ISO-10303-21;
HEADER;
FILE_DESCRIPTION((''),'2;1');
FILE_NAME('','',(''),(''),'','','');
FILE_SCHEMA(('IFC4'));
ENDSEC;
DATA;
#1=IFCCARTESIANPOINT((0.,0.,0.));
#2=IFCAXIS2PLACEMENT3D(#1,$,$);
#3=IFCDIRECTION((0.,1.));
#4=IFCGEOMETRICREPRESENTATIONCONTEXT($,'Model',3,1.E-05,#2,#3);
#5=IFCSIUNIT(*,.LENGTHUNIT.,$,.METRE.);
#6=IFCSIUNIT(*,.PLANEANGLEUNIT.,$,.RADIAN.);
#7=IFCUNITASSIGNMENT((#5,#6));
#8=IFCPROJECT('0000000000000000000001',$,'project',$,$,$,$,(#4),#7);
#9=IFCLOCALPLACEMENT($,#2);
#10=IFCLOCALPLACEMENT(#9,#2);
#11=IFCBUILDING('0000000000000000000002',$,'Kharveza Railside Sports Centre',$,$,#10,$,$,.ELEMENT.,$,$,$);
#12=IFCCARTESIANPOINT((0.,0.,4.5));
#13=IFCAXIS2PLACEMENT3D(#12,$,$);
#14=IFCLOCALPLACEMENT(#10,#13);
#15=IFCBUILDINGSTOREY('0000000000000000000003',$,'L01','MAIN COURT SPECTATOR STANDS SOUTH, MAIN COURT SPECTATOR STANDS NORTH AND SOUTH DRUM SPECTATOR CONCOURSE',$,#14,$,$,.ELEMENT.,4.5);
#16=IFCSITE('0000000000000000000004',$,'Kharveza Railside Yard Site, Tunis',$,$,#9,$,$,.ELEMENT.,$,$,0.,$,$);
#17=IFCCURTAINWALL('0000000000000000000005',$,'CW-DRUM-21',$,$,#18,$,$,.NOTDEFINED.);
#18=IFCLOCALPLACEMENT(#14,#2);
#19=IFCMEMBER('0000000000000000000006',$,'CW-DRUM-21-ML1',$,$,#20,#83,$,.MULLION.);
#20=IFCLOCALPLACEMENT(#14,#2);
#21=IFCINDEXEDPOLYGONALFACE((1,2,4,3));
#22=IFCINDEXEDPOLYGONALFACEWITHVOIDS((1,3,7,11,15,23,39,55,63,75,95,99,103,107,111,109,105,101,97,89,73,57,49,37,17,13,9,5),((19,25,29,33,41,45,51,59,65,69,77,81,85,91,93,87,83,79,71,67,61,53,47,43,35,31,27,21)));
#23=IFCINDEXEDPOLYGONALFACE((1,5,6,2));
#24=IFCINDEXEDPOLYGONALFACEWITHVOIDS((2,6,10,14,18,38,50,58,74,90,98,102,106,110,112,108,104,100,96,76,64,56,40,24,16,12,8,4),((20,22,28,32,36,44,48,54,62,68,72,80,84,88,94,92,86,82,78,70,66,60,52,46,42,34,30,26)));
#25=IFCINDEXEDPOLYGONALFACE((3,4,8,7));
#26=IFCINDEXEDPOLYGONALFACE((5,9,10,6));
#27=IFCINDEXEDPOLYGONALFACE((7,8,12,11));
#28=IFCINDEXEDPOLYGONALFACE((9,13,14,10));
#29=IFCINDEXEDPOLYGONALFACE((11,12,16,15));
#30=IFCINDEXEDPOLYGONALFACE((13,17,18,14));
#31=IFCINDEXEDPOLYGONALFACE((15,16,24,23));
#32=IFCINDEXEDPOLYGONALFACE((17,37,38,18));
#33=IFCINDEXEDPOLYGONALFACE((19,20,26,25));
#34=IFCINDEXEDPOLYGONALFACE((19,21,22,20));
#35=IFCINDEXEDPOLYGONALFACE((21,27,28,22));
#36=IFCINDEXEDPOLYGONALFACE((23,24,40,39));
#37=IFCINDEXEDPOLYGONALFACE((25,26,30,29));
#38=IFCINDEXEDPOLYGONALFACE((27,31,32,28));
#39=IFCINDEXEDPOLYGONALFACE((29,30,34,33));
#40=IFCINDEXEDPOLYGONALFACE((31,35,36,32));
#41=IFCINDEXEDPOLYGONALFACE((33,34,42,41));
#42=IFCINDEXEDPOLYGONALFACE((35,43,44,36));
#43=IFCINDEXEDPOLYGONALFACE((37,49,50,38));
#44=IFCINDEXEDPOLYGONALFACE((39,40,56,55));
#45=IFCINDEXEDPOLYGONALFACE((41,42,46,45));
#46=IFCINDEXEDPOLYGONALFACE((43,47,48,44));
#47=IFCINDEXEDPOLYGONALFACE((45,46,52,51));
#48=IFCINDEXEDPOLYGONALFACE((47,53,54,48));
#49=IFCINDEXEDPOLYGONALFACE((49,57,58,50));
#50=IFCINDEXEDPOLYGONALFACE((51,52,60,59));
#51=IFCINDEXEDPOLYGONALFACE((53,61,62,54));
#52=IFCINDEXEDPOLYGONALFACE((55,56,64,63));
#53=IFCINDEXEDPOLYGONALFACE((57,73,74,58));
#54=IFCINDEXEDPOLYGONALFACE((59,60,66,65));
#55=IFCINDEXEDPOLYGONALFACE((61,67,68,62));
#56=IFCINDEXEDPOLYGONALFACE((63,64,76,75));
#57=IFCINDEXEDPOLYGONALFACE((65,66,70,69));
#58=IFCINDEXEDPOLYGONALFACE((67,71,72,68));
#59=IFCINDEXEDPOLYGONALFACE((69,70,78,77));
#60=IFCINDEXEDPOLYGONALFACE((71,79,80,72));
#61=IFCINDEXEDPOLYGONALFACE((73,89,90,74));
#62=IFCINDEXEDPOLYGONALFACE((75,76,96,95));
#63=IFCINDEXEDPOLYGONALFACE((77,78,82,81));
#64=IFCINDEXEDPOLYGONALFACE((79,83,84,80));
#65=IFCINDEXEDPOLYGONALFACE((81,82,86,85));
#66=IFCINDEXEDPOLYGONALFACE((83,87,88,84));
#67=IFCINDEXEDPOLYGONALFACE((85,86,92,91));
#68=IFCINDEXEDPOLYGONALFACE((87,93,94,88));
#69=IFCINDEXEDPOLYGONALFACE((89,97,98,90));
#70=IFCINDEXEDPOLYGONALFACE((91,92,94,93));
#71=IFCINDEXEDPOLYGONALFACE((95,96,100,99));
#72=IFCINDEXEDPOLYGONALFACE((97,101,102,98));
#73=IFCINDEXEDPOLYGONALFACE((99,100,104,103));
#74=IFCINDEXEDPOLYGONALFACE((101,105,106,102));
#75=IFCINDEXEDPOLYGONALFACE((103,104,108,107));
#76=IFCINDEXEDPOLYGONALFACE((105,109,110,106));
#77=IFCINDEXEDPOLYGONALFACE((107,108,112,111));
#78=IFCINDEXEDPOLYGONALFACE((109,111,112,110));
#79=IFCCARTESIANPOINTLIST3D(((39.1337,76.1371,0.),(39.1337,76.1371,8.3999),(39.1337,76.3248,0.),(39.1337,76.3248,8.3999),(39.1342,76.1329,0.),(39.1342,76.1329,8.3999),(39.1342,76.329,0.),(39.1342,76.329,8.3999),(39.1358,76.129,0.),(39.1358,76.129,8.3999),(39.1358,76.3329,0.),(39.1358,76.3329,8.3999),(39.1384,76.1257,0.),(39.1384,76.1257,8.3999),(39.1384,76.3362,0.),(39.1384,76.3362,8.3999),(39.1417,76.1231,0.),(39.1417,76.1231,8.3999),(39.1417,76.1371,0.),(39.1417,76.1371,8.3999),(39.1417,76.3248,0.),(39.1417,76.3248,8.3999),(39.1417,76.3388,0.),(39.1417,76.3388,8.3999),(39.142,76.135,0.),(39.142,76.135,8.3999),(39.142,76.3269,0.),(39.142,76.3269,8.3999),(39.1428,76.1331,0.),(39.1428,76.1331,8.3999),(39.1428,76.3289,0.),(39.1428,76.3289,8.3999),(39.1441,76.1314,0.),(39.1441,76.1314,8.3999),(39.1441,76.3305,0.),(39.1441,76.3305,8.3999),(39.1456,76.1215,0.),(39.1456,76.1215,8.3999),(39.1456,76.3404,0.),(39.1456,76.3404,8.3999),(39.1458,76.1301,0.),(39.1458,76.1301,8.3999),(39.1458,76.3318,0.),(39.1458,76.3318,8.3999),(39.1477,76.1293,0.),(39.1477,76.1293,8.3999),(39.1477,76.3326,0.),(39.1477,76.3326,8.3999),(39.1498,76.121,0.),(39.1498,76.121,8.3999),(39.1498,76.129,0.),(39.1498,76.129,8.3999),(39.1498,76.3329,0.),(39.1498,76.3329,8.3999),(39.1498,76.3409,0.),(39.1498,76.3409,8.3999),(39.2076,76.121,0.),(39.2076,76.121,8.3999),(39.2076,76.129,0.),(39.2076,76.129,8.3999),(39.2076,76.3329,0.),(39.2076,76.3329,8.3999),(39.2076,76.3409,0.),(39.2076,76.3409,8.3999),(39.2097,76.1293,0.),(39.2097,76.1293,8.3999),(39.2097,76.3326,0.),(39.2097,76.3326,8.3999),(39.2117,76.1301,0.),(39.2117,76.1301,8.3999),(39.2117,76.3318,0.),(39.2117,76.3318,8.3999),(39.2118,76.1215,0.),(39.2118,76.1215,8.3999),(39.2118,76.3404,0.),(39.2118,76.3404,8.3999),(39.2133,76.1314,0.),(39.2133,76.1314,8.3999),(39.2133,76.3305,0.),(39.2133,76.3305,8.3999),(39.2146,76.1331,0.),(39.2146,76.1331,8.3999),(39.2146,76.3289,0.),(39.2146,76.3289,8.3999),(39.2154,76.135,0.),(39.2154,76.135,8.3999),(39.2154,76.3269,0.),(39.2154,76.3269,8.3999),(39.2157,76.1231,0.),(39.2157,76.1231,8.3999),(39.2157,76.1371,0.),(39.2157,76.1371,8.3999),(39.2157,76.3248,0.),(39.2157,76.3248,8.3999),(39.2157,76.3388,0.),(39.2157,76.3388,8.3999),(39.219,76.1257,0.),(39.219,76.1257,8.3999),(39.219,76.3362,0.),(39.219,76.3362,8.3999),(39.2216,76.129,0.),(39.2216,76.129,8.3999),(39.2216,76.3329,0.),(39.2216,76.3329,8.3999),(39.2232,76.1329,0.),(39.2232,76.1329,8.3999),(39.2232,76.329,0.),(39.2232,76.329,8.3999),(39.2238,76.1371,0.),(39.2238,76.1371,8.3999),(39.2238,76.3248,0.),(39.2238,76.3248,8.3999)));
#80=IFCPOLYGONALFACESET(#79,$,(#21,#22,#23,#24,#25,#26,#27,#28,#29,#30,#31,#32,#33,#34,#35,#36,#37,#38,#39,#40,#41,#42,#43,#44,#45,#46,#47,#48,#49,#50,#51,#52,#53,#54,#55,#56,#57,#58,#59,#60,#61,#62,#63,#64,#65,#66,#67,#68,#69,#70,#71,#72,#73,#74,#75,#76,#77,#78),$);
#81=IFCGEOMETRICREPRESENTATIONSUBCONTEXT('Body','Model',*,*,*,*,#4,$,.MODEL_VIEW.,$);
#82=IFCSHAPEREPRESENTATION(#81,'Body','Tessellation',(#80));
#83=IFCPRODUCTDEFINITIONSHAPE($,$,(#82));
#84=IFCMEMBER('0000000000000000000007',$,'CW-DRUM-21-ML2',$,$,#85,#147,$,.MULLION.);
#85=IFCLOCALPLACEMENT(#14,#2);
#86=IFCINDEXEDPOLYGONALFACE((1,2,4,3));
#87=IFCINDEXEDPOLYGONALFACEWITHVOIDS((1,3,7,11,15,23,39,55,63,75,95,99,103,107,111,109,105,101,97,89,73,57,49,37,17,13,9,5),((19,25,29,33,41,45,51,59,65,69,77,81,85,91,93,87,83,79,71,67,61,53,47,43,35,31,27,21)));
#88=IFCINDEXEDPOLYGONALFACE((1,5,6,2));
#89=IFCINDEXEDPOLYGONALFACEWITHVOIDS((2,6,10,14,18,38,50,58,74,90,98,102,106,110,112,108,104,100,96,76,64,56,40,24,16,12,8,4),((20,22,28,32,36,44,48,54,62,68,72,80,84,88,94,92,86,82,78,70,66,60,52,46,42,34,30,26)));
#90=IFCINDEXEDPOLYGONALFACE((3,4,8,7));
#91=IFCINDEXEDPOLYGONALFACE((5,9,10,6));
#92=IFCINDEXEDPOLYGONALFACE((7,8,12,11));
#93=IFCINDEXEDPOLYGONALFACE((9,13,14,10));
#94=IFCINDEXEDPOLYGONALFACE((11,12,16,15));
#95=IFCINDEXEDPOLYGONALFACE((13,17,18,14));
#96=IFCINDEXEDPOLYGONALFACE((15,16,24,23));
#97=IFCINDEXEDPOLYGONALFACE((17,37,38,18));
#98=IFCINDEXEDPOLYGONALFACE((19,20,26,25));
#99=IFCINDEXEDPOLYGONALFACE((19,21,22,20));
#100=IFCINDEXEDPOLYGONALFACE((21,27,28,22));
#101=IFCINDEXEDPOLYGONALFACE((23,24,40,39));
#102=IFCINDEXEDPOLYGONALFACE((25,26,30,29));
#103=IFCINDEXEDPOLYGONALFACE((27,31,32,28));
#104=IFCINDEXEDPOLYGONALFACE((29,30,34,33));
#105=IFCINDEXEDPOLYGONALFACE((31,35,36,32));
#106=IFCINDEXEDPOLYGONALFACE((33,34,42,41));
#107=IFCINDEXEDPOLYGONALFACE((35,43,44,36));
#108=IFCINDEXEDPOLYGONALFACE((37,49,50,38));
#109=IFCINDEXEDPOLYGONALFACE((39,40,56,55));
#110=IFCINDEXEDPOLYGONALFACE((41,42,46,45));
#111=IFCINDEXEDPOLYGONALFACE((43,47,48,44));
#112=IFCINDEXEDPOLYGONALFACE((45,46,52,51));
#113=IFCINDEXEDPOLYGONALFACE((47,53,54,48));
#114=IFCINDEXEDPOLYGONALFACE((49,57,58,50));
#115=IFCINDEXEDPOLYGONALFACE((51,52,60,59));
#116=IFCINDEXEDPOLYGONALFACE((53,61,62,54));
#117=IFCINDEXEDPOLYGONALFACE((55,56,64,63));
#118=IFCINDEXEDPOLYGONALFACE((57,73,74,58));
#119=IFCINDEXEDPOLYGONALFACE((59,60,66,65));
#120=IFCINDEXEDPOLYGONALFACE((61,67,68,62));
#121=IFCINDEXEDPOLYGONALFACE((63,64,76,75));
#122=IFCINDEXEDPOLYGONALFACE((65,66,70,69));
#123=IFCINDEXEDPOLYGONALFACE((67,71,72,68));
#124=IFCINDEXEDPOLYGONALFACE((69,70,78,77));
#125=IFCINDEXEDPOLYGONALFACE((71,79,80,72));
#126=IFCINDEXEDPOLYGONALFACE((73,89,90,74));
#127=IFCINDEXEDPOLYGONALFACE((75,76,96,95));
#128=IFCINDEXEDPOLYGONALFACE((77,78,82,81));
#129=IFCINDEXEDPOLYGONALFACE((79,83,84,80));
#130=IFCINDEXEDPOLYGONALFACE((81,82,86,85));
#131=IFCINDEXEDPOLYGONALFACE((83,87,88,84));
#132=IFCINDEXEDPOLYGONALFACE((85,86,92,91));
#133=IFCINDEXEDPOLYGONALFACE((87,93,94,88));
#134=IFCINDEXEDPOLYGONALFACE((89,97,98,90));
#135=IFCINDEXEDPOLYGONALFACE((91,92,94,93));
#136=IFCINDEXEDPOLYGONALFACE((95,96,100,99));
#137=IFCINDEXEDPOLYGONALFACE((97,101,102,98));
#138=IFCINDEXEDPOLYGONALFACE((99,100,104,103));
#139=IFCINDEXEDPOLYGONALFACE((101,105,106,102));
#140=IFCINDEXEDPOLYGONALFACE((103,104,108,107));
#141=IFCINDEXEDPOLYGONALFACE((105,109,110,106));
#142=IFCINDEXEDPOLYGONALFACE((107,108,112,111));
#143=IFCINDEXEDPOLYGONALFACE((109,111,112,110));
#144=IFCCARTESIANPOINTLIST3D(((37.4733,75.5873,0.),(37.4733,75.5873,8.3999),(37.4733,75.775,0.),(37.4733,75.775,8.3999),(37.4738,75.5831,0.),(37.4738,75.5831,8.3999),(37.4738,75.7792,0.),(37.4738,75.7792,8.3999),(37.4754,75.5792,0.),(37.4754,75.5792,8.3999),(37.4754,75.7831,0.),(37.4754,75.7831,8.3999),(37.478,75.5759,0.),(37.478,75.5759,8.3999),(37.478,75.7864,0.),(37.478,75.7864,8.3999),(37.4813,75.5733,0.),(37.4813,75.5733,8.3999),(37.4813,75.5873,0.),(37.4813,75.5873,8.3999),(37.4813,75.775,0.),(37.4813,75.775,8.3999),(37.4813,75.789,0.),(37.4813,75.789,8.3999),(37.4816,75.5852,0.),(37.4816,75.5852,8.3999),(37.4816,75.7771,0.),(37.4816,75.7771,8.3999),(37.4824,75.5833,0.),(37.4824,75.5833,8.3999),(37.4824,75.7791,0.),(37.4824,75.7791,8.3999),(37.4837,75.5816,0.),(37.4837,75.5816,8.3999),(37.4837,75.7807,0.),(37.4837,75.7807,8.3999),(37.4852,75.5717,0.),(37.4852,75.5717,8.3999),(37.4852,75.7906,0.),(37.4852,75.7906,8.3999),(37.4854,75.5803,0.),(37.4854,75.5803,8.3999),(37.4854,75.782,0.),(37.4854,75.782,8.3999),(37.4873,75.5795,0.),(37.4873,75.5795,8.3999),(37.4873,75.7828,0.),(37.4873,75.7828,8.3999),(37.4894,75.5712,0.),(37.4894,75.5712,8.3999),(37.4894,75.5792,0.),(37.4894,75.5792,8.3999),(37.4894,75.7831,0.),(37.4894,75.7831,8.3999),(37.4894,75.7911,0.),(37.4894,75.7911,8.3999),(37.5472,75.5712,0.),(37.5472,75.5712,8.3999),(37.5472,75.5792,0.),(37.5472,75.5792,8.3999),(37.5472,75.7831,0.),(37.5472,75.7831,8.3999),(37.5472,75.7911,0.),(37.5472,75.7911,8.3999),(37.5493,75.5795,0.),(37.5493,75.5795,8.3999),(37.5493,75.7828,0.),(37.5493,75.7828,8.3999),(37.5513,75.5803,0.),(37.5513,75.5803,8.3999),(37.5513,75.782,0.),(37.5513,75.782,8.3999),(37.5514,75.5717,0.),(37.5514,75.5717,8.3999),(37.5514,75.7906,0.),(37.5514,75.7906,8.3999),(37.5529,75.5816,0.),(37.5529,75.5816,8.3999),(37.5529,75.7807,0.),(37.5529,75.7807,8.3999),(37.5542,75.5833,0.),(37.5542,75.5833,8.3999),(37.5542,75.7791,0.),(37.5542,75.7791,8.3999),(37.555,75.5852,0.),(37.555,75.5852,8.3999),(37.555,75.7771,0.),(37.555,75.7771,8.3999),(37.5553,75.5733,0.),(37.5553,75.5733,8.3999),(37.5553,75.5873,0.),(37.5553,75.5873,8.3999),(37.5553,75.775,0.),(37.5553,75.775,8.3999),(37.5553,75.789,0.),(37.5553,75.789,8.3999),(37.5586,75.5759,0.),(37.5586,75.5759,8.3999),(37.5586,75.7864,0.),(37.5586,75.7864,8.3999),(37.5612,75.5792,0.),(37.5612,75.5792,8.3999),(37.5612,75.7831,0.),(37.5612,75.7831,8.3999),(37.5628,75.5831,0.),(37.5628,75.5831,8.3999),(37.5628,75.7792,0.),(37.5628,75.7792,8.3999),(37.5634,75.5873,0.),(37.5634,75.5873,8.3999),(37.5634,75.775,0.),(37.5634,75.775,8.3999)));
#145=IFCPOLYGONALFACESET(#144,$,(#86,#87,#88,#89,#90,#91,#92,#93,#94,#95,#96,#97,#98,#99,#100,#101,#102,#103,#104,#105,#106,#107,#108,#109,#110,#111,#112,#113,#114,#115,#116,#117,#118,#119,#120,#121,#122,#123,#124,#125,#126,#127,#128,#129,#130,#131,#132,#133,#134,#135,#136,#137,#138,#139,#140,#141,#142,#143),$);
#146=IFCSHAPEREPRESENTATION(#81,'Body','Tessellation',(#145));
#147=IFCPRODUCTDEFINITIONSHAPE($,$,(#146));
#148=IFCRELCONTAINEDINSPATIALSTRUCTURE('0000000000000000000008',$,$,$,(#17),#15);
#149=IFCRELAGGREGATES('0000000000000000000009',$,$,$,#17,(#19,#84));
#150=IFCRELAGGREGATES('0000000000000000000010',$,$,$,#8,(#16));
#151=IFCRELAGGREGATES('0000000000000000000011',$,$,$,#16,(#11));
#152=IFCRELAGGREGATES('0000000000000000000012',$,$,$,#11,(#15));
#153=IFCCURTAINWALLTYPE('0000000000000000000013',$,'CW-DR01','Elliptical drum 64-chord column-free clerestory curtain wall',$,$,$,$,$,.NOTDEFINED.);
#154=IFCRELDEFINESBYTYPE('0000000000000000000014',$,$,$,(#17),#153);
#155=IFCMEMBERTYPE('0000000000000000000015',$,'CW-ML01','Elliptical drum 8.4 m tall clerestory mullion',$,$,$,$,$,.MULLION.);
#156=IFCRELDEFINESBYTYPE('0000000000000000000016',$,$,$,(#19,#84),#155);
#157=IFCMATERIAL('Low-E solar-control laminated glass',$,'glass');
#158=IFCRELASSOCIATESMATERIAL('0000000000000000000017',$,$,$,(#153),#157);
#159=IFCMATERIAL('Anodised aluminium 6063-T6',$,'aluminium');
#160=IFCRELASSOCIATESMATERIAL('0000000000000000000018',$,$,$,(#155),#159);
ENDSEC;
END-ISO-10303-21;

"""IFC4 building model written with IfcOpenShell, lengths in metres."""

from ifc_helpers import new_model, si_unit, direction, frame, origin, origin_2d, place, context, subcontext, project, spatial, hollow_rectangle, extrude, material, material_profile, profile_set, type_object, element, aggregate, save


model = new_model("IFC4")

# Units and contexts
model_context = context("Model", 3, precision=1e-05, world=origin(), true_north=direction((0.0, 1.0)))
body_context = subcontext(model_context, "Body", "Model", "MODEL_VIEW")
ifc_project = project(units=[si_unit("LENGTHUNIT", "METRE"), si_unit("PLANEANGLEUNIT", "RADIAN")], contexts=[model_context])

# Site, building, storey
site_placement = place(None, origin())
site = spatial("IfcSite", under=ifc_project, at=site_placement, Name="Kharveza Railside Yard Site, Tunis", CompositionType="ELEMENT", RefElevation=0.0)
building_placement = place(site_placement, origin())
building = spatial("IfcBuilding", under=site, at=building_placement, Name="Kharveza Railside Sports Centre", CompositionType="ELEMENT")
storey_placement = place(building_placement, frame((0.0, 0.0, 4.5)))
storey = spatial("IfcBuildingStorey", under=building, at=storey_placement, Name="L01", Description="MAIN COURT SPECTATOR STANDS SOUTH, MAIN COURT SPECTATOR STANDS NORTH AND SOUTH DRUM SPECTATOR CONCOURSE", CompositionType="ELEMENT", Elevation=4.5)

# Curtain wall, members
ifc_material_1 = material(Name="Low-E solar-control laminated glass", Category="glass")
curtain_wall_type = type_object("IfcCurtainWallType", Name="CW-DR01", Description="Elliptical drum 64-chord column-free clerestory curtain wall", PredefinedType="NOTDEFINED", material=ifc_material_1)
curtain_wall_1_placement = place(storey_placement, origin())
curtain_wall_1 = element("IfcCurtainWall", 1, at=curtain_wall_1_placement, inside=storey, type_object=curtain_wall_type, Name="CW-DRUM-21", PredefinedType="NOTDEFINED")
ifc_material_2 = material(Name="Anodised aluminium 6063-T6", Category="aluminium")
ifc_material_profile_1 = material_profile(ifc_material_2, hollow_rectangle(XDim=0.0901, YDim=0.22, WallThickness=0.0081, InnerFilletRadius=0.0081, OuterFilletRadius=0.0161, at=origin_2d()), Name="RHS 90x220x8.0")
ifc_profile_set_1 = profile_set([ifc_material_profile_1], Name="Anodised aluminium 6063-T6")
member_type_1 = type_object("IfcMemberType", Name="CW-ML01", Description="Elliptical drum 8.4 m tall clerestory mullion", PredefinedType="MULLION", material=ifc_profile_set_1)
member_1_placement = place(storey_placement, frame((39.1787, 76.231, 0.0), z_axis=(0.0, 0.0, 1.0), x_axis=(1.0, 0.0, 0.0)))
member_1 = element("IfcMember", 2, at=member_1_placement, type_object=member_type_1, Name="CW-DRUM-21-ML1", PredefinedType="MULLION", context=body_context, shape_type="SweptSolid", body=[
    extrude(hollow_rectangle(XDim=0.0901, YDim=0.22, WallThickness=0.0081, InnerFilletRadius=0.0081, OuterFilletRadius=0.0161, at=origin_2d()), origin(), (0.0, 0.0, 1.0), 8.3999),
])
member_2_placement = place(storey_placement, frame((37.5183, 75.6812, 0.0), z_axis=(0.0, 0.0, 1.0), x_axis=(1.0, 0.0, 0.0)))
member_2 = element("IfcMember", 3, at=member_2_placement, type_object=member_type_1, Name="CW-DRUM-21-ML2", PredefinedType="MULLION", context=body_context, shape_type="SweptSolid", body=[
    extrude(hollow_rectangle(XDim=0.0901, YDim=0.22, WallThickness=0.0081, InnerFilletRadius=0.0081, OuterFilletRadius=0.0161, at=origin_2d()), origin(), (0.0, 0.0, 1.0), 8.3999),
])

aggregate(curtain_wall_1, [member_1, member_2])

save(model, "model.ifc")
